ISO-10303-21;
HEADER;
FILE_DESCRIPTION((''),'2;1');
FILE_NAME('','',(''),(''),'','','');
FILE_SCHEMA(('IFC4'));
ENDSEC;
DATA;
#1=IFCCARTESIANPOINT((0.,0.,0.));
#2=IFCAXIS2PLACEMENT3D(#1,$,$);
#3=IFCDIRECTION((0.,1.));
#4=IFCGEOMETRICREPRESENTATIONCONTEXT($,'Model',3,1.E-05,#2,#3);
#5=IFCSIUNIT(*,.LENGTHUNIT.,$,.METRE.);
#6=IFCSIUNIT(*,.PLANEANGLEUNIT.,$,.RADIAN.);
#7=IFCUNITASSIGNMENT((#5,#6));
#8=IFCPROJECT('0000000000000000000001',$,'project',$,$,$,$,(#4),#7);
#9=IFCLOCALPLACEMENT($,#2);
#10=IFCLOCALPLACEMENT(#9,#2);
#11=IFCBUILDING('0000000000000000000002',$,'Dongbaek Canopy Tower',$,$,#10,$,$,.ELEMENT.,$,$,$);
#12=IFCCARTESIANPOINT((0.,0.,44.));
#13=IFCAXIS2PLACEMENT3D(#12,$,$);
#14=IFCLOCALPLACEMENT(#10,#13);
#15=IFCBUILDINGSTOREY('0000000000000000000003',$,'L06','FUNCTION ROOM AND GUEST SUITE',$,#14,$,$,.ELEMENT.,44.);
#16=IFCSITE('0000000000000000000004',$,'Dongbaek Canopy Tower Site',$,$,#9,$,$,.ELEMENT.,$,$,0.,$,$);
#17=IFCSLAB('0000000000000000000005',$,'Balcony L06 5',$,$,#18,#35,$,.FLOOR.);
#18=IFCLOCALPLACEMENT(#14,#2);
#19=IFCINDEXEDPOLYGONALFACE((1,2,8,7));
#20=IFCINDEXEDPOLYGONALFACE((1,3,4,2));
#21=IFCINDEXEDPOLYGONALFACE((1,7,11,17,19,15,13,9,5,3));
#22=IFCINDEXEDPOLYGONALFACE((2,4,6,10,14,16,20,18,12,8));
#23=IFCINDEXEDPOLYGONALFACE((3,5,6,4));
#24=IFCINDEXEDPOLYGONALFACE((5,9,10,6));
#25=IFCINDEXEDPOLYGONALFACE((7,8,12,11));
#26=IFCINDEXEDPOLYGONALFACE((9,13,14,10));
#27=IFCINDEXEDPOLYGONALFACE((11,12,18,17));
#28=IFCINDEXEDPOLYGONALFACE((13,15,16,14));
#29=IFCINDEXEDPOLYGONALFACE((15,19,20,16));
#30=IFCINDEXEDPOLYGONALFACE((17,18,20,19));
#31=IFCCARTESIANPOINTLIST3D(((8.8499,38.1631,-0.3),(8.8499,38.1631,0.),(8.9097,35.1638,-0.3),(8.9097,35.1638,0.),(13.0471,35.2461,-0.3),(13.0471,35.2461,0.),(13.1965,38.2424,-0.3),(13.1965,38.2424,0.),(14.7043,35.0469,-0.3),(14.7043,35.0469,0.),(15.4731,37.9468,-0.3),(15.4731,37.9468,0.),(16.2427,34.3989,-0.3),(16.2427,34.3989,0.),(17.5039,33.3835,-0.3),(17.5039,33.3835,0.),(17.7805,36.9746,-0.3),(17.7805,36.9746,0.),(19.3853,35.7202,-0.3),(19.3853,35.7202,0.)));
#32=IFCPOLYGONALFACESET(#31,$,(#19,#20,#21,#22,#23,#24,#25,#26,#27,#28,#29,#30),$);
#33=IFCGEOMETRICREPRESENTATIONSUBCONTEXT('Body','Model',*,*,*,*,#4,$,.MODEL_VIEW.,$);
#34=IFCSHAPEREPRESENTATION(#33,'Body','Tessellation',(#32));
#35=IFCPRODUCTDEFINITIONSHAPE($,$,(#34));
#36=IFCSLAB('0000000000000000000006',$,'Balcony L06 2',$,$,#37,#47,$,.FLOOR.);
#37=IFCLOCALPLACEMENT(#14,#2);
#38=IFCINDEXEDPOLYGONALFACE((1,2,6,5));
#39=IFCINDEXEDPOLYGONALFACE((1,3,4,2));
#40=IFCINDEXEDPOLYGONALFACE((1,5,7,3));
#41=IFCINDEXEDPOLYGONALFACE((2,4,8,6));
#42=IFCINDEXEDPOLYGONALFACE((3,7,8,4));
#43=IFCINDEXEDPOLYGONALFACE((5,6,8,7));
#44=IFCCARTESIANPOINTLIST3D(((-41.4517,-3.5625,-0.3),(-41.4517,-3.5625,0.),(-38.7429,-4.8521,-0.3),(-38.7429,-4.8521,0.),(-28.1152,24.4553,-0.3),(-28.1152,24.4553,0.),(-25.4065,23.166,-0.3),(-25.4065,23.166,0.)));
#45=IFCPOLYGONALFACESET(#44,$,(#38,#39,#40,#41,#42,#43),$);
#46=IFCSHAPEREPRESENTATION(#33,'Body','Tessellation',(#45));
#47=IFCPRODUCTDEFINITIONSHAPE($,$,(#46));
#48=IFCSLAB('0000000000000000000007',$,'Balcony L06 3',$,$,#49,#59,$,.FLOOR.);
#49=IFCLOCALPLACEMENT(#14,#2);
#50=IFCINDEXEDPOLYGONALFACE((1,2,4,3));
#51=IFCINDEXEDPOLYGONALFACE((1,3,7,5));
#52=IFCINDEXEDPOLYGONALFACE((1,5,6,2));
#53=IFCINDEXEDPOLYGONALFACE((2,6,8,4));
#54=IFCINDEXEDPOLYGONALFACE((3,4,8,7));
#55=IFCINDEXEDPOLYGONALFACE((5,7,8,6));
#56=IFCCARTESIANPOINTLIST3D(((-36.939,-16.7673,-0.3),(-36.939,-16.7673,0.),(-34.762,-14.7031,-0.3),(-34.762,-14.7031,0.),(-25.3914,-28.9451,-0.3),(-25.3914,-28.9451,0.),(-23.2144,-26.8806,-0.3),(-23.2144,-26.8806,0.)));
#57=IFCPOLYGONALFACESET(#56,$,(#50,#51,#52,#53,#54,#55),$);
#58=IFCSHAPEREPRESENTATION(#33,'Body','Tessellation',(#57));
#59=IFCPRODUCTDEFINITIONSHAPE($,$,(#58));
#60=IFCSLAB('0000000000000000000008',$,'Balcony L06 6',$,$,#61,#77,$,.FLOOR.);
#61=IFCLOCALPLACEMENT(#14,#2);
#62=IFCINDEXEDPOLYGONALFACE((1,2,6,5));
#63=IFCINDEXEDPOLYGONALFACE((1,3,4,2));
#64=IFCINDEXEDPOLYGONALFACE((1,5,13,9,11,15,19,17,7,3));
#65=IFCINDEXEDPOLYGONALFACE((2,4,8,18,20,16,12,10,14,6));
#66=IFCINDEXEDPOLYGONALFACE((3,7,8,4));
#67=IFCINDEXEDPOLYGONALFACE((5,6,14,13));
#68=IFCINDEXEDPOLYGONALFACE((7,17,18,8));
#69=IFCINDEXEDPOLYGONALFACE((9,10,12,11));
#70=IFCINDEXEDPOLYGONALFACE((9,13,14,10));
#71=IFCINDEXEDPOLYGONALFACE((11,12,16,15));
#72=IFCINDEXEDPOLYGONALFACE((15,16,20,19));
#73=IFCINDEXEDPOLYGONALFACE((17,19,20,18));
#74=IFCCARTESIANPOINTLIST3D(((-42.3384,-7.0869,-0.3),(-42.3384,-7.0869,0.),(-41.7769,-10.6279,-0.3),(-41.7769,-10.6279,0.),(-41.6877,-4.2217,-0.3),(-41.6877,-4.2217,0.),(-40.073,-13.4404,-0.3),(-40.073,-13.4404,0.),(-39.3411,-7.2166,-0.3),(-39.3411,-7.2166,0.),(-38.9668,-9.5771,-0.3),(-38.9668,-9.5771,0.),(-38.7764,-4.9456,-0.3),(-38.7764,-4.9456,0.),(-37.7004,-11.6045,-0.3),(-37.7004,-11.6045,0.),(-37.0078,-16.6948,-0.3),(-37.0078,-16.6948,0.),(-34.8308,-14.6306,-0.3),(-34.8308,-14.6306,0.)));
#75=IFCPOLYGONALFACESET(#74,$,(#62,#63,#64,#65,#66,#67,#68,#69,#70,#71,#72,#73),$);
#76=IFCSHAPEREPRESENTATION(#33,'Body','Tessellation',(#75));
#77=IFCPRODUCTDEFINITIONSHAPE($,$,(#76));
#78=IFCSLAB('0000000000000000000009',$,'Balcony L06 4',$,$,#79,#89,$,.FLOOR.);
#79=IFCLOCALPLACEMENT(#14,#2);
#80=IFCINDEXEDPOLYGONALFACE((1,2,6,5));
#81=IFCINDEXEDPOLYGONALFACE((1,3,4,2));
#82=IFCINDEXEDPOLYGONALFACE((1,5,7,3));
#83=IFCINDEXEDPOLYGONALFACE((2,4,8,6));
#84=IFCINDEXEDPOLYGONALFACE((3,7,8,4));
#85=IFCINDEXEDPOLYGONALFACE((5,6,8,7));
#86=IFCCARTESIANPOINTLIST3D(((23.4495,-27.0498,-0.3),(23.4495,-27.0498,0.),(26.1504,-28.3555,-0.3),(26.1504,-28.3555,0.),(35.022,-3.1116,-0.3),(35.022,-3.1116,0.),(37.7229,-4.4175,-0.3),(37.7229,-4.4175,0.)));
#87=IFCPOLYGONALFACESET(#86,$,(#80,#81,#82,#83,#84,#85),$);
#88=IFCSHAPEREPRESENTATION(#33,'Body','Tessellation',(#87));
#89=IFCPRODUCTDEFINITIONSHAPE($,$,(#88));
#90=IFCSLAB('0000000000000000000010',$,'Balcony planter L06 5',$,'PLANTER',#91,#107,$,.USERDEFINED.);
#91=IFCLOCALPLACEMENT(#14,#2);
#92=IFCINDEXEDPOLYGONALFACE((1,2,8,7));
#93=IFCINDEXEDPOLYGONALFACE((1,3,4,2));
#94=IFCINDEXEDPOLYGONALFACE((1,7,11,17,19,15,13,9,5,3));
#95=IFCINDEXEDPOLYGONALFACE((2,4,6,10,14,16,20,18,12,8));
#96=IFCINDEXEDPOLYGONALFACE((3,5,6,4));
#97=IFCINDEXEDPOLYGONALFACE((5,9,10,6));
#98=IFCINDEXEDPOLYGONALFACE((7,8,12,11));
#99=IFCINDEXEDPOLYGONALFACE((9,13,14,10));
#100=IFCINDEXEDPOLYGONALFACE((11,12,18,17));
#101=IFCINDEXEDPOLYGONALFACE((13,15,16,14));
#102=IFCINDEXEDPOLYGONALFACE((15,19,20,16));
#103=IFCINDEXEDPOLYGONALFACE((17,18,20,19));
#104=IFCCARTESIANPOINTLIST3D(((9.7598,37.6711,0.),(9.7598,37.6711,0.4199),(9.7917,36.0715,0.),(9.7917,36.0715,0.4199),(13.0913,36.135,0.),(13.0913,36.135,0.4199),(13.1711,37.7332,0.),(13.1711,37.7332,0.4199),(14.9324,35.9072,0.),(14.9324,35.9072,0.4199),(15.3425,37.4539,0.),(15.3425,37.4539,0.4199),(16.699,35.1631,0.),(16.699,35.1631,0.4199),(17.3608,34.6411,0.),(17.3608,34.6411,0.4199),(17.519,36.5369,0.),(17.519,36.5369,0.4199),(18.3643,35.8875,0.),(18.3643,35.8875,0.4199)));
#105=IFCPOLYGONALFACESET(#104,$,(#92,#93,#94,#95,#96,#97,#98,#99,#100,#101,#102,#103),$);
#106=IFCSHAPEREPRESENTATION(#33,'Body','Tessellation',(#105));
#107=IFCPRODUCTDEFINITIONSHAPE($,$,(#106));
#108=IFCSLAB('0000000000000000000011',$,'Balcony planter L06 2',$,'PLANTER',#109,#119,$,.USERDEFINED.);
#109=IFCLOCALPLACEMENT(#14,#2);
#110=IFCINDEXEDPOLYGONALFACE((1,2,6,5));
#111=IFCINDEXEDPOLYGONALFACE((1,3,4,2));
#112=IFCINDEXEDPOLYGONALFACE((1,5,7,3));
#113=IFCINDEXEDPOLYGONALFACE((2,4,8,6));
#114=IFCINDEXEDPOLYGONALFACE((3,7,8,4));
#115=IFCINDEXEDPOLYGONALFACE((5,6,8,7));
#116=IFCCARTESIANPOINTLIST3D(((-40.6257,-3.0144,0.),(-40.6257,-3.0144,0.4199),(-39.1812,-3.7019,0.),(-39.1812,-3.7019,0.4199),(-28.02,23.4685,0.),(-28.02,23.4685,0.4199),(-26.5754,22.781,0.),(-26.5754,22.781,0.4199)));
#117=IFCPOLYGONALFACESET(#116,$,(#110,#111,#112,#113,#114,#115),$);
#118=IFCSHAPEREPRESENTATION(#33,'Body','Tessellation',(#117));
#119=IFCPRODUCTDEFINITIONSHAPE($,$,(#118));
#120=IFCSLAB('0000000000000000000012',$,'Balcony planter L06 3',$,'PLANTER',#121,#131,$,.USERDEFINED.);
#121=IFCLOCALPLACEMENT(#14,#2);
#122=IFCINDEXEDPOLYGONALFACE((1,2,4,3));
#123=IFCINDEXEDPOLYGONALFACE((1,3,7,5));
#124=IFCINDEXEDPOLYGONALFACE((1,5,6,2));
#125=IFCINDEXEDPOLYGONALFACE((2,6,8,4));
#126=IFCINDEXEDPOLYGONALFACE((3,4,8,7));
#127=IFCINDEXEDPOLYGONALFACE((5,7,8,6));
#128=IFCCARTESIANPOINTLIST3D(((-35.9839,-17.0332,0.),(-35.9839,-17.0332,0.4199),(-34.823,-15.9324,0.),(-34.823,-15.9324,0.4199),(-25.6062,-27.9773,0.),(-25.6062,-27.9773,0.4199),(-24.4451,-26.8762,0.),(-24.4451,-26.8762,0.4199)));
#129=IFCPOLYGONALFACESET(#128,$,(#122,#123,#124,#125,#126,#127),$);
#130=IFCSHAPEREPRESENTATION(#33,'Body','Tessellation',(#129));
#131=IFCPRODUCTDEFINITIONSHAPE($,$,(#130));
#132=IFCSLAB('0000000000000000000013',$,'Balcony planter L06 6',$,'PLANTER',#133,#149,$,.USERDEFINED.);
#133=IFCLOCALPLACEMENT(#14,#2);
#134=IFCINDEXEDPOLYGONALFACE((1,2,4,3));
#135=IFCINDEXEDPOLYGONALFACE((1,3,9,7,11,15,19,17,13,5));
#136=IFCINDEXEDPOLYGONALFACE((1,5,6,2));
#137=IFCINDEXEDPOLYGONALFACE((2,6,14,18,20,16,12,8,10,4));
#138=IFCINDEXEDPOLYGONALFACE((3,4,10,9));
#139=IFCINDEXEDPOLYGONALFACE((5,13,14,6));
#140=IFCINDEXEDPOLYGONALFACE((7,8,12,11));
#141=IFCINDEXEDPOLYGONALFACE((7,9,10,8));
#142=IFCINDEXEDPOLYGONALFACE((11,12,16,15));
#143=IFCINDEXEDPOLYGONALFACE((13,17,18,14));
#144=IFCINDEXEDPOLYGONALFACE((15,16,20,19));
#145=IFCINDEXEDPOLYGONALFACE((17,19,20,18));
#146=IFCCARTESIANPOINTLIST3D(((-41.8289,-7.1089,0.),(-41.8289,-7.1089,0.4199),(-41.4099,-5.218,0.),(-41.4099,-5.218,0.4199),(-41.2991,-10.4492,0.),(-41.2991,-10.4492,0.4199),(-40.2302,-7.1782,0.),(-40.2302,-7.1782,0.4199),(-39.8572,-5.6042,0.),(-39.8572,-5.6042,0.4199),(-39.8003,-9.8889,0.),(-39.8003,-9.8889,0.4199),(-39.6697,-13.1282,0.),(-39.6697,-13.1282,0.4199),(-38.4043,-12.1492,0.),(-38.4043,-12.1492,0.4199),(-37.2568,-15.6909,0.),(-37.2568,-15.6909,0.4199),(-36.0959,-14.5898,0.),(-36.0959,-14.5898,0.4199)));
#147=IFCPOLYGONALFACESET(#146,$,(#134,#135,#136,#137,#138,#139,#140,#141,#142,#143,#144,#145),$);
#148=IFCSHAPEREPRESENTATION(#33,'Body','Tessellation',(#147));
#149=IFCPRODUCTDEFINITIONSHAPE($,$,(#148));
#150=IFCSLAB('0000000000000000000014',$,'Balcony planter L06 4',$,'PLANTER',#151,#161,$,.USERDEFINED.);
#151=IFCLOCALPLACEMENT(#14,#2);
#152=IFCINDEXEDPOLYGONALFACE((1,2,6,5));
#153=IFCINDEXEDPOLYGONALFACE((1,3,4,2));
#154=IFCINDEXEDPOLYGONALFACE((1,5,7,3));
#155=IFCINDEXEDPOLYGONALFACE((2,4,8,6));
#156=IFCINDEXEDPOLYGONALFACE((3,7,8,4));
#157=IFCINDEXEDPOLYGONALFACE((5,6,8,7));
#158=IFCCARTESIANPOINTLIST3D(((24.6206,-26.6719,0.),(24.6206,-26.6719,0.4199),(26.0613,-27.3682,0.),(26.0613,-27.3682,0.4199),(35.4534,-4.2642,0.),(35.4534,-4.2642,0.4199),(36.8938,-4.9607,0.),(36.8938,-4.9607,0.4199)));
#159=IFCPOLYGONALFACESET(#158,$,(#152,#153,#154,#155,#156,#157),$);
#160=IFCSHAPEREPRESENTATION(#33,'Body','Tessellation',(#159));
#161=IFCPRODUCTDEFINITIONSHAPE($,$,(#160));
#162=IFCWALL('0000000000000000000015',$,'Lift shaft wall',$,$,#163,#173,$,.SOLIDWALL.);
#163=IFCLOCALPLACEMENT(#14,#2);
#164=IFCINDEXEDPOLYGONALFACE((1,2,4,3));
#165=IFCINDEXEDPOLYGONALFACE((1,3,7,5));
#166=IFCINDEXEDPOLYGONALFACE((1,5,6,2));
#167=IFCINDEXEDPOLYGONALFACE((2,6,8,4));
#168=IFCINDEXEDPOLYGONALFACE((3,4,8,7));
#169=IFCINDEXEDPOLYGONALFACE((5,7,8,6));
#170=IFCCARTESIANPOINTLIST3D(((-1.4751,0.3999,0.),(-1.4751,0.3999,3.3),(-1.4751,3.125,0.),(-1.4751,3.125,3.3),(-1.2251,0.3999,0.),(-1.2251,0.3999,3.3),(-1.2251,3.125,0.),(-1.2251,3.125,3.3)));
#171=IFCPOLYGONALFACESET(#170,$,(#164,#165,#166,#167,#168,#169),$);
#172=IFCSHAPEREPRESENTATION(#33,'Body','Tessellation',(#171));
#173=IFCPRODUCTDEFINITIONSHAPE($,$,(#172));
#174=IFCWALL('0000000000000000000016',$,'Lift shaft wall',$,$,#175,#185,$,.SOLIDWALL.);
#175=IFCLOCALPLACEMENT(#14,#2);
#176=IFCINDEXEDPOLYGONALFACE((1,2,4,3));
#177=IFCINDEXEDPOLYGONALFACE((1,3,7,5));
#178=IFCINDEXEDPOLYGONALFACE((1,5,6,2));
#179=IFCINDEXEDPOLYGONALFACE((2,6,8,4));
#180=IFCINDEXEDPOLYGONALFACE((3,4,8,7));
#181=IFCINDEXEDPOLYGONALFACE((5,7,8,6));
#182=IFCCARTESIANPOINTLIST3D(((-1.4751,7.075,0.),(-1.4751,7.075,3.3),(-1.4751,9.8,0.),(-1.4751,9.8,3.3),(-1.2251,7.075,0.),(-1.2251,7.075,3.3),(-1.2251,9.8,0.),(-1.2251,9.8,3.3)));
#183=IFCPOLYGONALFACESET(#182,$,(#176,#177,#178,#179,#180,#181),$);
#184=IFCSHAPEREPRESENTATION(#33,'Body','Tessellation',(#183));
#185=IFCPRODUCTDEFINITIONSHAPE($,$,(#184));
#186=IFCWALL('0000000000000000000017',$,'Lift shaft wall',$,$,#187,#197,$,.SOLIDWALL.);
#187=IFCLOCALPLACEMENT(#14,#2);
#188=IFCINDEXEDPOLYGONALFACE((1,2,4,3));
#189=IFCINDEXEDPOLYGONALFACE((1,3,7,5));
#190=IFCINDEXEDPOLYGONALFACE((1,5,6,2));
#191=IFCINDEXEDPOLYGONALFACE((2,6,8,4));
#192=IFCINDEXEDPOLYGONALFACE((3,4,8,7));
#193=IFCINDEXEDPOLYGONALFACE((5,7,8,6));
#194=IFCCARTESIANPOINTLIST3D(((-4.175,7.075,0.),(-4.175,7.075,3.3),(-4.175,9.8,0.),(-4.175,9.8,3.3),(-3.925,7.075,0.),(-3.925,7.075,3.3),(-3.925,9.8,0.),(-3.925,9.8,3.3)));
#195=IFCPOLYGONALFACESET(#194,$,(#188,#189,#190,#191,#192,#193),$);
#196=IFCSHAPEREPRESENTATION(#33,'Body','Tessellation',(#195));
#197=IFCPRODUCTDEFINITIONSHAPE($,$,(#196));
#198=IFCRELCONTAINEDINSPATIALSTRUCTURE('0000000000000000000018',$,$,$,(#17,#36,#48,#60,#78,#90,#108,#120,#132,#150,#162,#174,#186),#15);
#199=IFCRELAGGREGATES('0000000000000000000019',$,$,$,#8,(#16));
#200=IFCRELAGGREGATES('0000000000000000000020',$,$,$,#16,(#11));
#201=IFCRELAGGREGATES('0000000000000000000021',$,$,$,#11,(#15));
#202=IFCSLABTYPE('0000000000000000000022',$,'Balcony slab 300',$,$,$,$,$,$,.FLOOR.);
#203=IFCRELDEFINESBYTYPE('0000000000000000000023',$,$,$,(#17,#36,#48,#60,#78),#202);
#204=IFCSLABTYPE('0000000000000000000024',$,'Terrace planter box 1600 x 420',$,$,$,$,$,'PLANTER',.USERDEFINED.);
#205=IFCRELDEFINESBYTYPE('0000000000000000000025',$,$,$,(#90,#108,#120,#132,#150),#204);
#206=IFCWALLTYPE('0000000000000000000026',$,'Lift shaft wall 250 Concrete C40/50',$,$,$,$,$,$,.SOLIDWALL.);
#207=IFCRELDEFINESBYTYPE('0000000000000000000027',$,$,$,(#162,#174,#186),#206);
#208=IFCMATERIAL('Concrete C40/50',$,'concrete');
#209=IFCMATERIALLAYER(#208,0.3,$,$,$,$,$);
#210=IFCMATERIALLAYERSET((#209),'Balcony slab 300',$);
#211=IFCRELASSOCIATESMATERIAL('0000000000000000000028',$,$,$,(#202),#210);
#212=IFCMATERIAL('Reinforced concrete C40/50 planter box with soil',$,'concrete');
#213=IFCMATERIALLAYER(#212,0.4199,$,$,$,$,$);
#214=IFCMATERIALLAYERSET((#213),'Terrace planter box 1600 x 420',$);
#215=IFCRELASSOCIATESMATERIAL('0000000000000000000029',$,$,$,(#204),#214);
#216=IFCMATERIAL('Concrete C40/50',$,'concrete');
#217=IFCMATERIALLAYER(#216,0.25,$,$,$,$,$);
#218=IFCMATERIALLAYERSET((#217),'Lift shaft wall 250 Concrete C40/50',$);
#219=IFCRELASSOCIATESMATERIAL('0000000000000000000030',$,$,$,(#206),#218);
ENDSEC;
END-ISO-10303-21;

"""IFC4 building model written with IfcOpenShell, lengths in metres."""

from ifc_helpers import new_model, si_unit, direction, frame, frame_2d, origin, place, context, subcontext, project, spatial, polyline, rectangle, outline, extrude, material, layer, layer_set, type_object, element, save


model = new_model("IFC4")

# Units and contexts
model_context = context("Model", 3, precision=1e-05, world=origin(), true_north=direction((0.0, 1.0)))
body_context = subcontext(model_context, "Body", "Model", "MODEL_VIEW")
ifc_project = project(units=[si_unit("LENGTHUNIT", "METRE"), si_unit("PLANEANGLEUNIT", "RADIAN")], contexts=[model_context])

# Site, building, storey
site_placement = place(None, origin())
site = spatial("IfcSite", under=ifc_project, at=site_placement, Name="Dongbaek Canopy Tower Site", CompositionType="ELEMENT", RefElevation=0.0)
building_placement = place(site_placement, origin())
building = spatial("IfcBuilding", under=site, at=building_placement, Name="Dongbaek Canopy Tower", CompositionType="ELEMENT")
storey_placement = place(building_placement, frame((0.0, 0.0, 44.0)))
storey = spatial("IfcBuildingStorey", under=building, at=storey_placement, Name="L06", Description="FUNCTION ROOM AND GUEST SUITE", CompositionType="ELEMENT", Elevation=44.0)

# Slabs
ifc_material_1 = material(Name="Concrete C40/50", Category="concrete")
ifc_layer_1 = layer(ifc_material_1, 0.3)
ifc_layer_set_1 = layer_set([ifc_layer_1], Name="Balcony slab 300")
slab_type_1 = type_object("IfcSlabType", Name="Balcony slab 300", PredefinedType="FLOOR", material=ifc_layer_set_1)
slab_1_placement = place(storey_placement, frame((0.0, 0.0, -0.3)))
element("IfcSlab", 1, at=slab_1_placement, inside=storey, type_object=slab_type_1, Name="Balcony L06 5", PredefinedType="FLOOR", context=body_context, shape_type="SweptSolid", body=[
    extrude(outline(polyline([(17.5039, 33.3835), (16.2427, 34.3989), (14.7043, 35.0469), (13.0471, 35.2461), (8.9097, 35.1638), (8.8499, 38.1631), (13.1965, 38.2424), (15.4731, 37.9468), (17.7805, 36.9746), (19.3853, 35.7202), (17.5039, 33.3835)])), origin(), (0.0, 0.0, 1.0), 0.3),
])
slab_2_placement = place(storey_placement, frame((0.0, 0.0, -0.3)))
element("IfcSlab", 2, at=slab_2_placement, inside=storey, type_object=slab_type_1, Name="Balcony L06 2", PredefinedType="FLOOR", context=body_context, shape_type="SweptSolid", body=[
    extrude(outline(polyline([(-25.4065, 23.166), (-38.7429, -4.8521), (-41.4517, -3.5625), (-28.1152, 24.4553), (-25.4065, 23.166)])), origin(), (0.0, 0.0, 1.0), 0.3),
])
slab_3_placement = place(storey_placement, frame((0.0, 0.0, -0.3)))
element("IfcSlab", 3, at=slab_3_placement, inside=storey, type_object=slab_type_1, Name="Balcony L06 3", PredefinedType="FLOOR", context=body_context, shape_type="SweptSolid", body=[
    extrude(outline(polyline([(-34.762, -14.7031), (-23.2144, -26.8806), (-25.3914, -28.9451), (-36.939, -16.7673), (-34.762, -14.7031)])), origin(), (0.0, 0.0, 1.0), 0.3),
])
slab_4_placement = place(storey_placement, frame((0.0, 0.0, -0.3)))
element("IfcSlab", 4, at=slab_4_placement, inside=storey, type_object=slab_type_1, Name="Balcony L06 6", PredefinedType="FLOOR", context=body_context, shape_type="SweptSolid", body=[
    extrude(outline(polyline([(-38.7764, -4.9456), (-39.3411, -7.2166), (-38.9668, -9.5771), (-37.7004, -11.6045), (-34.8308, -14.6306), (-37.0078, -16.6948), (-40.073, -13.4404), (-41.7769, -10.6279), (-42.3384, -7.0869), (-41.6877, -4.2217), (-38.7764, -4.9456)])), origin(), (0.0, 0.0, 1.0), 0.3),
])
slab_5_placement = place(storey_placement, frame((0.0, 0.0, -0.3)))
element("IfcSlab", 5, at=slab_5_placement, inside=storey, type_object=slab_type_1, Name="Balcony L06 4", PredefinedType="FLOOR", context=body_context, shape_type="SweptSolid", body=[
    extrude(outline(polyline([(23.4495, -27.0498), (35.022, -3.1116), (37.7229, -4.4175), (26.1504, -28.3555), (23.4495, -27.0498)])), origin(), (0.0, 0.0, 1.0), 0.3),
])
ifc_material_2 = material(Name="Reinforced concrete C40/50 planter box with soil", Category="concrete")
ifc_layer_2 = layer(ifc_material_2, 0.4199)
ifc_layer_set_2 = layer_set([ifc_layer_2], Name="Terrace planter box 1600 x 420")
slab_type_2 = type_object("IfcSlabType", Name="Terrace planter box 1600 x 420", ElementType="PLANTER", PredefinedType="USERDEFINED", material=ifc_layer_set_2)
slab_6_placement = place(storey_placement, origin())
element("IfcSlab", 6, at=slab_6_placement, inside=storey, type_object=slab_type_2, Name="Balcony planter L06 5", ObjectType="PLANTER", PredefinedType="USERDEFINED", context=body_context, shape_type="SweptSolid", body=[
    extrude(outline(polyline([(17.3608, 34.6411), (16.699, 35.1631), (14.9324, 35.9072), (13.0913, 36.135), (9.7917, 36.0715), (9.7598, 37.6711), (13.1711, 37.7332), (15.3425, 37.4539), (17.519, 36.5369), (18.3643, 35.8875), (17.3608, 34.6411)])), origin(), (0.0, 0.0, 1.0), 0.4199),
])
slab_7_placement = place(storey_placement, origin())
element("IfcSlab", 7, at=slab_7_placement, inside=storey, type_object=slab_type_2, Name="Balcony planter L06 2", ObjectType="PLANTER", PredefinedType="USERDEFINED", context=body_context, shape_type="SweptSolid", body=[
    extrude(outline(polyline([(-26.5754, 22.781), (-39.1812, -3.7019), (-40.6257, -3.0144), (-28.02, 23.4685), (-26.5754, 22.781)])), origin(), (0.0, 0.0, 1.0), 0.4199),
])
slab_8_placement = place(storey_placement, origin())
element("IfcSlab", 8, at=slab_8_placement, inside=storey, type_object=slab_type_2, Name="Balcony planter L06 3", ObjectType="PLANTER", PredefinedType="USERDEFINED", context=body_context, shape_type="SweptSolid", body=[
    extrude(outline(polyline([(-34.823, -15.9324), (-24.4451, -26.8762), (-25.6062, -27.9773), (-35.9839, -17.0332), (-34.823, -15.9324)])), origin(), (0.0, 0.0, 1.0), 0.4199),
])
slab_9_placement = place(storey_placement, origin())
element("IfcSlab", 9, at=slab_9_placement, inside=storey, type_object=slab_type_2, Name="Balcony planter L06 6", ObjectType="PLANTER", PredefinedType="USERDEFINED", context=body_context, shape_type="SweptSolid", body=[
    extrude(outline(polyline([(-39.8572, -5.6042), (-40.2302, -7.1782), (-39.8003, -9.8889), (-38.4043, -12.1492), (-36.0959, -14.5898), (-37.2568, -15.6909), (-39.6697, -13.1282), (-41.2991, -10.4492), (-41.8289, -7.1089), (-41.4099, -5.218), (-39.8572, -5.6042)])), origin(), (0.0, 0.0, 1.0), 0.4199),
])
slab_10_placement = place(storey_placement, origin())
element("IfcSlab", 10, at=slab_10_placement, inside=storey, type_object=slab_type_2, Name="Balcony planter L06 4", ObjectType="PLANTER", PredefinedType="USERDEFINED", context=body_context, shape_type="SweptSolid", body=[
    extrude(outline(polyline([(24.6206, -26.6719), (35.4534, -4.2642), (36.8938, -4.9607), (26.0613, -27.3682), (24.6206, -26.6719)])), origin(), (0.0, 0.0, 1.0), 0.4199),
])

# Walls
ifc_material_3 = material(Name="Concrete C40/50", Category="concrete")
ifc_layer_3 = layer(ifc_material_3, 0.25)
ifc_layer_set_3 = layer_set([ifc_layer_3], Name="Lift shaft wall 250 Concrete C40/50")
wall_type = type_object("IfcWallType", Name="Lift shaft wall 250 Concrete C40/50", PredefinedType="SOLIDWALL", material=ifc_layer_set_3)
for number, where, z_axis, x_axis, name in (
    (11, (-1.3501, 0.3999, 0.0), (0.0, 0.0, 1.0), (0.0, 1.0, 0.0), "Lift shaft wall"),
    (12, (-1.3501, 7.075, 0.0), (0.0, 0.0, 1.0), (0.0, 1.0, 0.0), "Lift shaft wall"),
    (13, (-4.05, 7.075, 0.0), (0.0, 0.0, 1.0), (0.0, 1.0, 0.0), "Lift shaft wall"),
):
    element("IfcWall", number, at=place(storey_placement, frame(where, z_axis=z_axis, x_axis=x_axis)), inside=storey, type_object=wall_type, Name=name, PredefinedType="SOLIDWALL", context=body_context, shape_type="SweptSolid", body=[
        extrude(rectangle(XDim=2.7251, YDim=0.25, at=frame_2d((1.3625, 0.0))), origin(), (0.0, 0.0, 1.0), 3.3),
    ])

save(model, "model.ifc")
